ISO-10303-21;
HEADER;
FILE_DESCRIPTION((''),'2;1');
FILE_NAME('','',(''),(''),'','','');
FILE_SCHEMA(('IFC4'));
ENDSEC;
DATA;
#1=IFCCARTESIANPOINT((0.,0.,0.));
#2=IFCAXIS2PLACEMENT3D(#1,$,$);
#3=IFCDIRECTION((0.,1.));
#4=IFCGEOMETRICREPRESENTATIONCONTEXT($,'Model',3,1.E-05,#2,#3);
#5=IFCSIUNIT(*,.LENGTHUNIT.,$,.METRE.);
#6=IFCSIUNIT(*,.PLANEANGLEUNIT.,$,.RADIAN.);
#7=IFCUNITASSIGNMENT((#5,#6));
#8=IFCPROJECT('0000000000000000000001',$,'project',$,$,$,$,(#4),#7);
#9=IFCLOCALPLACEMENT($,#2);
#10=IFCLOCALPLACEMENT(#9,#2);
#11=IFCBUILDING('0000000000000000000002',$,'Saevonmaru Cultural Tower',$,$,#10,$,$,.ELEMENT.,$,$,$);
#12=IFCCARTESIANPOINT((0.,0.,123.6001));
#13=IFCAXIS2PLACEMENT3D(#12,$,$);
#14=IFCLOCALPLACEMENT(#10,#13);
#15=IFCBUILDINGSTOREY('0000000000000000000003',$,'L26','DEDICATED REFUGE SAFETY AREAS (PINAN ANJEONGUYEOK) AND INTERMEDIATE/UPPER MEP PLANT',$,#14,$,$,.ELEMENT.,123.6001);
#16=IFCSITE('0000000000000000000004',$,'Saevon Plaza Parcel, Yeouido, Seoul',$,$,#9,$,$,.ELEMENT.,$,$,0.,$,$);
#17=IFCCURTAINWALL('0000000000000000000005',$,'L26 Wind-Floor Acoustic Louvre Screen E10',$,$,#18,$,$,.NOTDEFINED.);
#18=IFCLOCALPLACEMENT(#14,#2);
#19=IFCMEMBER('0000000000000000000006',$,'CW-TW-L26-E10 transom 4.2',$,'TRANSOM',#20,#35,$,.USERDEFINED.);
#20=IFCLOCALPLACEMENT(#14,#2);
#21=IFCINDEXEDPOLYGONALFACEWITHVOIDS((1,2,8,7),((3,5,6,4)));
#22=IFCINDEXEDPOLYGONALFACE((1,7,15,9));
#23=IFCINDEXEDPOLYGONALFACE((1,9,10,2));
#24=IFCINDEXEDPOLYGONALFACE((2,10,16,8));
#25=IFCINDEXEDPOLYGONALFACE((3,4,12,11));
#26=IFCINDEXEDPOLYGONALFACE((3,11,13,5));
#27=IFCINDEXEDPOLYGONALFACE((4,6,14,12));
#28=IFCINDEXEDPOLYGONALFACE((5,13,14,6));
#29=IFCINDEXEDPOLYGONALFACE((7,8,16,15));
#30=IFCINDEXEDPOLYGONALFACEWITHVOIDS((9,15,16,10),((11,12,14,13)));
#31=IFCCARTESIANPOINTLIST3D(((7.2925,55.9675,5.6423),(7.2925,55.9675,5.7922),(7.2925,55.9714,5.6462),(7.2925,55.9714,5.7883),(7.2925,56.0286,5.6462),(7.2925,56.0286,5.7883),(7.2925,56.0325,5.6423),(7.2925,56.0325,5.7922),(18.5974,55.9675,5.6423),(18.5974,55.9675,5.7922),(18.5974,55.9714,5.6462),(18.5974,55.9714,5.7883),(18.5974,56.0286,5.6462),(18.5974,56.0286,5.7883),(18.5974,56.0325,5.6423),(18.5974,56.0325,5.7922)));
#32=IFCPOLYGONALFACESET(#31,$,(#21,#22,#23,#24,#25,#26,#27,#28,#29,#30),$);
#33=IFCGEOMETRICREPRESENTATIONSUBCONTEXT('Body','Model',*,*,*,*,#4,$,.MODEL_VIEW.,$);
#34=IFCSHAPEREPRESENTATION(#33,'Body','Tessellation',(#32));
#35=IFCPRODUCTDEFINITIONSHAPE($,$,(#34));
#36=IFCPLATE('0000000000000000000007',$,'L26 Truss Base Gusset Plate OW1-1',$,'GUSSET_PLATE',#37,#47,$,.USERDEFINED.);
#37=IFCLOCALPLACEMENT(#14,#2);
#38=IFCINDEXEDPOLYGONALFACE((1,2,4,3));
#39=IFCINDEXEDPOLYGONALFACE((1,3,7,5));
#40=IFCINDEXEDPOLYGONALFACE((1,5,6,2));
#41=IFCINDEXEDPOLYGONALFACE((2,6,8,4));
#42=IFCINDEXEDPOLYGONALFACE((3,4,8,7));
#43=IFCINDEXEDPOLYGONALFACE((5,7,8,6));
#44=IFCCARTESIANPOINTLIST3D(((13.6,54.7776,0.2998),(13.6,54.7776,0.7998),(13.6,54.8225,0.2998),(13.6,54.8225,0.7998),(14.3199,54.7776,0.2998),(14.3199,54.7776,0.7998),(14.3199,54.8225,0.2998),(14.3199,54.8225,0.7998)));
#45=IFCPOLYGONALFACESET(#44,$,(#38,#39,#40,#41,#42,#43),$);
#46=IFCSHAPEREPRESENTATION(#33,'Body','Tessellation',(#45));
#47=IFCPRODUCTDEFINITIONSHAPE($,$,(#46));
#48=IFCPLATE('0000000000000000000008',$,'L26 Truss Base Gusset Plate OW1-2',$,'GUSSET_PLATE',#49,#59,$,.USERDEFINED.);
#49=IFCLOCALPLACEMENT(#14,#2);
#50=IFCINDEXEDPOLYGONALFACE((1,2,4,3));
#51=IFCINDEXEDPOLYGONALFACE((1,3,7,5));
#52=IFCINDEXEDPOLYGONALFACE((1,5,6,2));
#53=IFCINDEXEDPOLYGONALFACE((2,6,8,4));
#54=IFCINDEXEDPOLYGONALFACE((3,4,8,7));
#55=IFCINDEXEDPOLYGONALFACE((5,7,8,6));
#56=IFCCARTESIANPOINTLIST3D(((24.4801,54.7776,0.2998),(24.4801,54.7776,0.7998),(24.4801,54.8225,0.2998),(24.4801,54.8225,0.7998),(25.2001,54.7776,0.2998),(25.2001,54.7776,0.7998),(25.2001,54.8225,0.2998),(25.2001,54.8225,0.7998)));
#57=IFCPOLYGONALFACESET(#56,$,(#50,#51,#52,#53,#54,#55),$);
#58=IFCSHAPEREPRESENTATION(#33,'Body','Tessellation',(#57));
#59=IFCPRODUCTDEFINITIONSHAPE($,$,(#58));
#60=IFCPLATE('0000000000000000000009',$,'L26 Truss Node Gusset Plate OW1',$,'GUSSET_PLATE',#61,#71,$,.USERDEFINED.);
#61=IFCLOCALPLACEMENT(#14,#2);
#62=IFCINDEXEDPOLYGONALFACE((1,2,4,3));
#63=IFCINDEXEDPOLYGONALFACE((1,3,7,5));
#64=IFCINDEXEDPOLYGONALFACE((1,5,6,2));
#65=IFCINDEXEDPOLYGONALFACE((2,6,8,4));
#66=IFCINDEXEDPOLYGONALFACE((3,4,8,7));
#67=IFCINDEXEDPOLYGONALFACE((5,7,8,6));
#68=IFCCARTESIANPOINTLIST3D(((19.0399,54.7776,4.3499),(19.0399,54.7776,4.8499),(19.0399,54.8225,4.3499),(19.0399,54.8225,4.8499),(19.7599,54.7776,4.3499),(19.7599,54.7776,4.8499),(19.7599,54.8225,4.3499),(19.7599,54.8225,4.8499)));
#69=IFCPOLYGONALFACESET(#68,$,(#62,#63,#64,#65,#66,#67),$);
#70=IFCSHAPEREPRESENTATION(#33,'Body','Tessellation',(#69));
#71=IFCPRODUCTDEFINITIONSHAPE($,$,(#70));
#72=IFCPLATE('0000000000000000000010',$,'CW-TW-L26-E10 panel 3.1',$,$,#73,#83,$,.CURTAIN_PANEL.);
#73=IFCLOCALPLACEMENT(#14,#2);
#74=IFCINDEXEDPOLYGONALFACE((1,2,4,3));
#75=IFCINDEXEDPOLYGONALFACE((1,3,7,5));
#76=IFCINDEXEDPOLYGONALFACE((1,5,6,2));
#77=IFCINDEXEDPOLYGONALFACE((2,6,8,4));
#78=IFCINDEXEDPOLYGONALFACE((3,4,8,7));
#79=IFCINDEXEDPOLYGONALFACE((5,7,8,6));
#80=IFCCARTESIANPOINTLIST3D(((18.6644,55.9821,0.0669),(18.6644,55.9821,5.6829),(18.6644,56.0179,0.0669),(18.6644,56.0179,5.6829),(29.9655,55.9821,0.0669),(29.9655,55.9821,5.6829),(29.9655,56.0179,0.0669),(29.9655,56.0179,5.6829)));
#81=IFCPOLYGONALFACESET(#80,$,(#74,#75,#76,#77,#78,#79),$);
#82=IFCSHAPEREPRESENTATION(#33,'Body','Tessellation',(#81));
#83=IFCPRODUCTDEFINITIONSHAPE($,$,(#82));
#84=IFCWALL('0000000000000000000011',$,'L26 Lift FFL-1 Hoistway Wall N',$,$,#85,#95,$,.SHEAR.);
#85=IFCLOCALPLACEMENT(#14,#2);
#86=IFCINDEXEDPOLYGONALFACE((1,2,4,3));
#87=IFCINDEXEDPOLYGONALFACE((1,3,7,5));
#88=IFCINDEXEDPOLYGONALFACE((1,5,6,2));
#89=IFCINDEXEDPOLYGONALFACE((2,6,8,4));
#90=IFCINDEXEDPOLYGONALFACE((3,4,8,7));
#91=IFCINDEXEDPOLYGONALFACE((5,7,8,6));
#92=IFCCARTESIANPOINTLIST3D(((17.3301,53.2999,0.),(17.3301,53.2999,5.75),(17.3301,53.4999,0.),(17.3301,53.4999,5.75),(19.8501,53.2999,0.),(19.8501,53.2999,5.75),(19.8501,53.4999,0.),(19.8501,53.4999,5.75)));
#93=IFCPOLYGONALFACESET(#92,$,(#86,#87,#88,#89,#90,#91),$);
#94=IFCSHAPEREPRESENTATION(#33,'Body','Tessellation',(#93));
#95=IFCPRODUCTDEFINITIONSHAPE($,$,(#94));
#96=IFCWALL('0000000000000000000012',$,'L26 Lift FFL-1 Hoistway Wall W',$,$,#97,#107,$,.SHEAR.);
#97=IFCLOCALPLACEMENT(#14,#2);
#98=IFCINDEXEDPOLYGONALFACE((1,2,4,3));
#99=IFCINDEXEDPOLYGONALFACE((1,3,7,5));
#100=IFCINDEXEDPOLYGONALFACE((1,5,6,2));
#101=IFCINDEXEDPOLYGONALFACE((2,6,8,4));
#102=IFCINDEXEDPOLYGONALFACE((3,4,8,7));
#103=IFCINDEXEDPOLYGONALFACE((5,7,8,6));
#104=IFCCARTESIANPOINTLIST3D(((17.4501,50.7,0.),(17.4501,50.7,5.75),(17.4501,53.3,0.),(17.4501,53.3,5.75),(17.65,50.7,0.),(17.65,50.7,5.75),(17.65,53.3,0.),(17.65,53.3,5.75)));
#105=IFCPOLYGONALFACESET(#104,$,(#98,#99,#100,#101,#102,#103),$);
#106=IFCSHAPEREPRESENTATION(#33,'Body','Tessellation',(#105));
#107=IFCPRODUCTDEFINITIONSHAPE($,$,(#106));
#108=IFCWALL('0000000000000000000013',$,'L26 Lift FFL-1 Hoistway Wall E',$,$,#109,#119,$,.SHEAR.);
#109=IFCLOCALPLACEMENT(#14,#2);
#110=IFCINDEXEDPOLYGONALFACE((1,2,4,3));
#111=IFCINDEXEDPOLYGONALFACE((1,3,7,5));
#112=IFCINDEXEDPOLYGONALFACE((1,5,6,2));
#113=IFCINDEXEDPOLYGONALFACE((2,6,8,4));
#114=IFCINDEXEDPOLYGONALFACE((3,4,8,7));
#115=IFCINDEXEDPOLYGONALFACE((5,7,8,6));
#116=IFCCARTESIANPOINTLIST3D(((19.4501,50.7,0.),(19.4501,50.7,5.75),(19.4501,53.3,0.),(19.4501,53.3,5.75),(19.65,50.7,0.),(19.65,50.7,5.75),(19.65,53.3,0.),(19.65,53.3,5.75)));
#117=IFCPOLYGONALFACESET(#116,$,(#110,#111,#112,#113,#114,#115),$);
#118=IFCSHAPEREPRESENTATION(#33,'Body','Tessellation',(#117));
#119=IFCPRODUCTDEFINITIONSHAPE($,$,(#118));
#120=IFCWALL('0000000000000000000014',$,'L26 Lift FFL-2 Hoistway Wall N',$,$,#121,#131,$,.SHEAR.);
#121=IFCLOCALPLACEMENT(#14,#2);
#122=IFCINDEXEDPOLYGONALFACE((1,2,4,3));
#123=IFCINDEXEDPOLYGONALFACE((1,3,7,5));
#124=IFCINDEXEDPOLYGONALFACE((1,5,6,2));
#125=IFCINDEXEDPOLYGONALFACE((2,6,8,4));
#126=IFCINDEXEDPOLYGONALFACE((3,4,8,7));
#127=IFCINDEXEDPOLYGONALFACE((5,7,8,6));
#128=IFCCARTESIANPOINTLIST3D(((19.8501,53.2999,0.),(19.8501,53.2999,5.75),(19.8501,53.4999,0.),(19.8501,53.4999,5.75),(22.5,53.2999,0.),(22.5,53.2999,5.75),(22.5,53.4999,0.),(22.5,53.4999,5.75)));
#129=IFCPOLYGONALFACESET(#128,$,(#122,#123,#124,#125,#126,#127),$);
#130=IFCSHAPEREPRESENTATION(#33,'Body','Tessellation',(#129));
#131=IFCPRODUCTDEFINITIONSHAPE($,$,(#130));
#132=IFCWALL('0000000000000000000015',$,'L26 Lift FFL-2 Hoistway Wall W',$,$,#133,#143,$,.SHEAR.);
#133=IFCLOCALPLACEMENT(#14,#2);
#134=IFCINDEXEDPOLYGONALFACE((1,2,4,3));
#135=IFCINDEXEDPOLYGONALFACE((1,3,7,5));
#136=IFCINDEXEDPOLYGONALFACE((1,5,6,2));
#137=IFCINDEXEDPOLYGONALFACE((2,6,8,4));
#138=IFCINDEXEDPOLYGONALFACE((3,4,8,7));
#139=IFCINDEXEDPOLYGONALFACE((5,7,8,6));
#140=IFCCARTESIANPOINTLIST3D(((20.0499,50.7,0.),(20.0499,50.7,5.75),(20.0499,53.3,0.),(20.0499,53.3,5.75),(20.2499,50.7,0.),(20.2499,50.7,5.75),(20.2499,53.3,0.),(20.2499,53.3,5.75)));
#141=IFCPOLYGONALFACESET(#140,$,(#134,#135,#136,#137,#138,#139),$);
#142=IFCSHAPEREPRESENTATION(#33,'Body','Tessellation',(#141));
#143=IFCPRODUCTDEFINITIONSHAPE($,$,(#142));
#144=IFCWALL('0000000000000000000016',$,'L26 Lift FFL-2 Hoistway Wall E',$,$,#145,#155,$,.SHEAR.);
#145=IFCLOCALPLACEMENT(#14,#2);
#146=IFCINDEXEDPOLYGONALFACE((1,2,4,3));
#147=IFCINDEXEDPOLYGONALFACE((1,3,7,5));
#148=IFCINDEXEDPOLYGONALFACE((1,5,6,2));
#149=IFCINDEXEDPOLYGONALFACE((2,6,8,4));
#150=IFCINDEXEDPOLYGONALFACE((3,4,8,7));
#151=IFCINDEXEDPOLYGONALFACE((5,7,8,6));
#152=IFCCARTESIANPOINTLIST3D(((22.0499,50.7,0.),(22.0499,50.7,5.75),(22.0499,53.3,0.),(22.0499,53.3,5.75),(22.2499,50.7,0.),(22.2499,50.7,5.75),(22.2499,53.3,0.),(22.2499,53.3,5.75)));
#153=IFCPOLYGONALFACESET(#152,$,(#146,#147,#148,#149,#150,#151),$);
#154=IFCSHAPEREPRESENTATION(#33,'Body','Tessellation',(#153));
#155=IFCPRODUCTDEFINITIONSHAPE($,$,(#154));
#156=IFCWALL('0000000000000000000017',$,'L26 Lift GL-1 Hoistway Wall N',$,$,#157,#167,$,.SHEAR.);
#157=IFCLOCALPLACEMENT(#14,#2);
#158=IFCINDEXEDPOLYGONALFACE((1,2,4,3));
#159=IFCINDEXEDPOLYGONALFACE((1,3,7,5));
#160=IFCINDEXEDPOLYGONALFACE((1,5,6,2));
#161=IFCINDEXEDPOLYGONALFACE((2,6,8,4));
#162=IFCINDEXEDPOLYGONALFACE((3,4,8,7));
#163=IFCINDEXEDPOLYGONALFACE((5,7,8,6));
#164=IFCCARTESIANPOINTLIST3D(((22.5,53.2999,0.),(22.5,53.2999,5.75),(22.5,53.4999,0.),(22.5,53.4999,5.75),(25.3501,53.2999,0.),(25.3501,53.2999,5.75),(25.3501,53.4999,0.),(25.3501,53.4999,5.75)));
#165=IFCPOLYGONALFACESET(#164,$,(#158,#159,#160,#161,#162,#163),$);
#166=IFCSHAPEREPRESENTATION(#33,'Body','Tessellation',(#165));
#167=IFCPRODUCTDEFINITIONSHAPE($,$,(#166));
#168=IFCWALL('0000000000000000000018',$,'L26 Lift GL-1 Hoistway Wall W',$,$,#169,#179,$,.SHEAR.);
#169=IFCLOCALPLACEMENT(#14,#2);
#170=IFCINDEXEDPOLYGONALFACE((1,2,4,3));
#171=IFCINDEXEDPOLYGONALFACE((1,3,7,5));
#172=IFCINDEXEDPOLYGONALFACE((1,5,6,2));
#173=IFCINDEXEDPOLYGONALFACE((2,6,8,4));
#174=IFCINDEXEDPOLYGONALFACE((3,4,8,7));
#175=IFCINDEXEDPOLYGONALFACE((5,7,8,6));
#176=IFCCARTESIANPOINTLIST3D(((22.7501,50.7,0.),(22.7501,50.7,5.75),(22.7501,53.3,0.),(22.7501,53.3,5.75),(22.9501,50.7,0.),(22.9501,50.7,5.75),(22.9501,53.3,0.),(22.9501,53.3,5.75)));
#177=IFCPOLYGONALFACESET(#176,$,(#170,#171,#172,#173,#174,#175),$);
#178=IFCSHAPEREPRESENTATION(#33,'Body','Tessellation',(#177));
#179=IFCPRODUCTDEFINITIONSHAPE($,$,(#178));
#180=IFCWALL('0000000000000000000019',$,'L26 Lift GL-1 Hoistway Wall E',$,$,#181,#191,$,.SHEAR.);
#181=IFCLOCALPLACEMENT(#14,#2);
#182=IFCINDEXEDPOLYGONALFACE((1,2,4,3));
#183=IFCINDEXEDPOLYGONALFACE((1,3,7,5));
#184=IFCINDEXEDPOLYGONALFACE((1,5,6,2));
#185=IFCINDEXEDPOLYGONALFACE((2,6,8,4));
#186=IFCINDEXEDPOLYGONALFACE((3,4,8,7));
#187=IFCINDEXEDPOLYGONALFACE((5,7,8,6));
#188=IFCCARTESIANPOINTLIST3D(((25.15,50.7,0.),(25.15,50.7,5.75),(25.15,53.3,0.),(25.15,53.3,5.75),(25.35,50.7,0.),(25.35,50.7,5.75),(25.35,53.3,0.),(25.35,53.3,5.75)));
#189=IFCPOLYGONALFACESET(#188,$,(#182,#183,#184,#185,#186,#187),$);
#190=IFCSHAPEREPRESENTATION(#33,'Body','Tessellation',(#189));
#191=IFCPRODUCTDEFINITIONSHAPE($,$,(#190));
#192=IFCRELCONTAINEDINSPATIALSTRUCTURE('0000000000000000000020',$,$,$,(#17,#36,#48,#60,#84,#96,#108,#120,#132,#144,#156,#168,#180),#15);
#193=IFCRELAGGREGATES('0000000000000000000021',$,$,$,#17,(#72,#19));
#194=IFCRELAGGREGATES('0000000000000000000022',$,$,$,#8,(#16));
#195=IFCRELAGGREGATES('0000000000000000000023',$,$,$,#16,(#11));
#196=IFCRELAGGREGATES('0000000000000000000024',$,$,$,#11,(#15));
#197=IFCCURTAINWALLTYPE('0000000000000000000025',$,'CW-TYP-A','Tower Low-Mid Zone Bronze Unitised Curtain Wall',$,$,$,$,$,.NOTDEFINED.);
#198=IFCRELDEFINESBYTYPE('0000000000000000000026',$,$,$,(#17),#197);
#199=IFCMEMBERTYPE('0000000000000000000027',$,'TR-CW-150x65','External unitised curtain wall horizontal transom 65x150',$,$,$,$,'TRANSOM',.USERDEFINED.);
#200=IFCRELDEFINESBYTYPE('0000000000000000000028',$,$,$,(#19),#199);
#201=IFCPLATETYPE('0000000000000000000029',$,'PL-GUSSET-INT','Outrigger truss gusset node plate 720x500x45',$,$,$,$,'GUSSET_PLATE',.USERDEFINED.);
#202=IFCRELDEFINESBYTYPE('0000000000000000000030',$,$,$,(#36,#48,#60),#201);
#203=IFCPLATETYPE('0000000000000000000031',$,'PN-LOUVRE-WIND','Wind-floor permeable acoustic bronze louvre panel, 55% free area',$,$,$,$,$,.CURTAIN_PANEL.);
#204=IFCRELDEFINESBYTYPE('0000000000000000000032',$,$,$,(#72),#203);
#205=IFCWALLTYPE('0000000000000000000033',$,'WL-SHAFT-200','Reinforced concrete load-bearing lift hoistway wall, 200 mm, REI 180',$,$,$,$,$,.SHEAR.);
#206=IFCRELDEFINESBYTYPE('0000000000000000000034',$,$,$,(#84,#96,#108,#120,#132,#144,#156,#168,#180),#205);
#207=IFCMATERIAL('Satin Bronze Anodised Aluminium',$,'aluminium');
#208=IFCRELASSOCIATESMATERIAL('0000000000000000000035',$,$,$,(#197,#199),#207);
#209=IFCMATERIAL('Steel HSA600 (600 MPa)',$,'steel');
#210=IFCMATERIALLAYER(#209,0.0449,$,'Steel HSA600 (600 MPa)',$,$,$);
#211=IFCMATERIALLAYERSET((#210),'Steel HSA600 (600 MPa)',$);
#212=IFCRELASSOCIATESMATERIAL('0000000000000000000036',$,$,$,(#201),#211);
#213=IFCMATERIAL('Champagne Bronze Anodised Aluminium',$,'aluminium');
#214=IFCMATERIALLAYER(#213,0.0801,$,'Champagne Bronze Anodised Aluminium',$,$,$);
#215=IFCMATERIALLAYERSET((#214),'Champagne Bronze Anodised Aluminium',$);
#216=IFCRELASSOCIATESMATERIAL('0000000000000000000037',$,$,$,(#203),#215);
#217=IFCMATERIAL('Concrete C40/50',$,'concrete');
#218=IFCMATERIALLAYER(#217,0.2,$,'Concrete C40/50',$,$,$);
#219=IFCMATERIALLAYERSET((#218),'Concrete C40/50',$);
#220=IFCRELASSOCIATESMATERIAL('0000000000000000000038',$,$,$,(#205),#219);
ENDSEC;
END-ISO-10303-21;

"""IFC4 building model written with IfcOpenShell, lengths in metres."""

from ifc_helpers import new_model, si_unit, direction, frame, frame_2d, origin, origin_2d, place, context, subcontext, project, spatial, rectangle, hollow_rectangle, extrude, material, layer, layer_set, material_profile, profile_set, type_object, element, aggregate, save


model = new_model("IFC4")

# Units and contexts
model_context = context("Model", 3, precision=1e-05, world=origin(), true_north=direction((0.0, 1.0)))
body_context = subcontext(model_context, "Body", "Model", "MODEL_VIEW")
ifc_project = project(units=[si_unit("LENGTHUNIT", "METRE"), si_unit("PLANEANGLEUNIT", "RADIAN")], contexts=[model_context])

# Site, building, storey
site_placement = place(None, origin())
site = spatial("IfcSite", under=ifc_project, at=site_placement, Name="Saevon Plaza Parcel, Yeouido, Seoul", CompositionType="ELEMENT", RefElevation=0.0)
building_placement = place(site_placement, origin())
building = spatial("IfcBuilding", under=site, at=building_placement, Name="Saevonmaru Cultural Tower", CompositionType="ELEMENT")
storey_placement = place(building_placement, frame((0.0, 0.0, 123.6001)))
storey = spatial("IfcBuildingStorey", under=building, at=storey_placement, Name="L26", Description="DEDICATED REFUGE SAFETY AREAS (PINAN ANJEONGUYEOK) AND INTERMEDIATE/UPPER MEP PLANT", CompositionType="ELEMENT", Elevation=123.6001)

# Shared definitions
ifc_material_1 = material(Name="Steel HSA600 (600 MPa)", Category="steel")

# Curtain wall, member
ifc_material_2 = material(Name="Satin Bronze Anodised Aluminium", Category="aluminium")
curtain_wall_type = type_object("IfcCurtainWallType", Name="CW-TYP-A", Description="Tower Low-Mid Zone Bronze Unitised Curtain Wall", PredefinedType="NOTDEFINED", material=ifc_material_2)
curtain_wall_placement = place(storey_placement, origin())
curtain_wall = element("IfcCurtainWall", 1, at=curtain_wall_placement, inside=storey, type_object=curtain_wall_type, Name="L26 Wind-Floor Acoustic Louvre Screen E10", PredefinedType="NOTDEFINED")
ifc_material_profile_1 = material_profile(ifc_material_2, hollow_rectangle(XDim=0.0649, YDim=0.1499, WallThickness=0.0039, at=origin_2d()), Name="ALU-TRAN-150x65x4")
ifc_profile_set_1 = profile_set([ifc_material_profile_1], Name="Satin Bronze Anodised Aluminium")
member_type_1 = type_object("IfcMemberType", Name="TR-CW-150x65", Description="External unitised curtain wall horizontal transom 65x150", ElementType="TRANSOM", PredefinedType="USERDEFINED", material=ifc_profile_set_1)
member_1_placement = place(storey_placement, frame((18.5974, 56.0, 5.7173), z_axis=(-1.0, 0.0, 0.0), x_axis=(0.0, -1.0, 0.0)))
member_1 = element("IfcMember", 2, at=member_1_placement, type_object=member_type_1, Name="CW-TW-L26-E10 transom 4.2", ObjectType="TRANSOM", PredefinedType="USERDEFINED", context=body_context, shape_type="SweptSolid", body=[
    extrude(hollow_rectangle(XDim=0.0649, YDim=0.1499, WallThickness=0.0039, at=origin_2d()), origin(), (0.0, 0.0, 1.0), 11.3049),
])

# Plates
ifc_layer_1 = layer(ifc_material_1, 0.0449, Name="Steel HSA600 (600 MPa)")
ifc_layer_set_1 = layer_set([ifc_layer_1], Name="Steel HSA600 (600 MPa)")
plate_type_1 = type_object("IfcPlateType", Name="PL-GUSSET-INT", Description="Outrigger truss gusset node plate 720x500x45", ElementType="GUSSET_PLATE", PredefinedType="USERDEFINED", material=ifc_layer_set_1)
for number, where, z_axis, x_axis, name in (
    (3, (13.96, 54.8, 0.2998), (0.0, 0.0, 1.0), (1.0, 0.0, 0.0), "L26 Truss Base Gusset Plate OW1-1"),
    (4, (24.8401, 54.8, 0.2998), (0.0, 0.0, 1.0), (1.0, 0.0, 0.0), "L26 Truss Base Gusset Plate OW1-2"),
    (5, (19.3999, 54.8, 4.3499), (0.0, 0.0, 1.0), (1.0, 0.0, 0.0), "L26 Truss Node Gusset Plate OW1"),
):
    element("IfcPlate", number, at=place(storey_placement, frame(where, z_axis=z_axis, x_axis=x_axis)), inside=storey, type_object=plate_type_1, Name=name, ObjectType="GUSSET_PLATE", PredefinedType="USERDEFINED", context=body_context, shape_type="SweptSolid", body=[
        extrude(rectangle(XDim=0.72, YDim=0.0449, at=origin_2d()), origin(), (0.0, 0.0, 1.0), 0.5),
    ])

# Plate
ifc_material_3 = material(Name="Champagne Bronze Anodised Aluminium", Category="aluminium")
ifc_layer_2 = layer(ifc_material_3, 0.0801, Name="Champagne Bronze Anodised Aluminium")
ifc_layer_set_2 = layer_set([ifc_layer_2], Name="Champagne Bronze Anodised Aluminium")
plate_type_2 = type_object("IfcPlateType", Name="PN-LOUVRE-WIND", Description="Wind-floor permeable acoustic bronze louvre panel, 55% free area", PredefinedType="CURTAIN_PANEL", material=ifc_layer_set_2)
plate_placement = place(storey_placement, frame((24.3149, 56.0, 0.0669), z_axis=(0.0, 0.0, 1.0), x_axis=(-1.0, 0.0, 0.0)))
plate = element("IfcPlate", 6, at=plate_placement, type_object=plate_type_2, Name="CW-TW-L26-E10 panel 3.1", PredefinedType="CURTAIN_PANEL", context=body_context, shape_type="SweptSolid", body=[
    extrude(rectangle(XDim=11.301, YDim=0.0359, at=origin_2d()), origin(), (0.0, 0.0, 1.0), 5.616),
])
aggregate(curtain_wall, [plate, member_1])

# Walls
ifc_material_4 = material(Name="Concrete C40/50", Category="concrete")
ifc_layer_3 = layer(ifc_material_4, 0.2, Name="Concrete C40/50")
ifc_layer_set_3 = layer_set([ifc_layer_3], Name="Concrete C40/50")
wall_type = type_object("IfcWallType", Name="WL-SHAFT-200", Description="Reinforced concrete load-bearing lift hoistway wall, 200 mm, REI 180", PredefinedType="SHEAR", material=ifc_layer_set_3)
wall_1_placement = place(storey_placement, frame((17.3301, 53.3999, 0.0), z_axis=(0.0, 0.0, 1.0), x_axis=(1.0, 0.0, 0.0)))
element("IfcWall", 7, at=wall_1_placement, inside=storey, type_object=wall_type, Name="L26 Lift FFL-1 Hoistway Wall N", PredefinedType="SHEAR", context=body_context, shape_type="SweptSolid", body=[
    extrude(rectangle(XDim=2.52, YDim=0.2, at=frame_2d((1.26, 0.0))), origin(), (0.0, 0.0, 1.0), 5.75),
])
for number, where, z_axis, x_axis, name in (
    (8, (17.55, 50.7, 0.0), (0.0, 0.0, 1.0), (0.0, 1.0, 0.0), "L26 Lift FFL-1 Hoistway Wall W"),
    (9, (19.55, 50.7, 0.0), (0.0, 0.0, 1.0), (0.0, 1.0, 0.0), "L26 Lift FFL-1 Hoistway Wall E"),
):
    element("IfcWall", number, at=place(storey_placement, frame(where, z_axis=z_axis, x_axis=x_axis)), inside=storey, type_object=wall_type, Name=name, PredefinedType="SHEAR", context=body_context, shape_type="SweptSolid", body=[
        extrude(rectangle(XDim=2.6001, YDim=0.2, at=frame_2d((1.3, 0.0))), origin(), (0.0, 0.0, 1.0), 5.75),
    ])
wall_2_placement = place(storey_placement, frame((19.8501, 53.3999, 0.0), z_axis=(0.0, 0.0, 1.0), x_axis=(1.0, 0.0, 0.0)))
element("IfcWall", 10, at=wall_2_placement, inside=storey, type_object=wall_type, Name="L26 Lift FFL-2 Hoistway Wall N", PredefinedType="SHEAR", context=body_context, shape_type="SweptSolid", body=[
    extrude(rectangle(XDim=2.6499, YDim=0.2, at=frame_2d((1.325, 0.0))), origin(), (0.0, 0.0, 1.0), 5.75),
])
for number, where, z_axis, x_axis, name in (
    (11, (20.1499, 50.7, 0.0), (0.0, 0.0, 1.0), (0.0, 1.0, 0.0), "L26 Lift FFL-2 Hoistway Wall W"),
    (12, (22.1499, 50.7, 0.0), (0.0, 0.0, 1.0), (0.0, 1.0, 0.0), "L26 Lift FFL-2 Hoistway Wall E"),
):
    element("IfcWall", number, at=place(storey_placement, frame(where, z_axis=z_axis, x_axis=x_axis)), inside=storey, type_object=wall_type, Name=name, PredefinedType="SHEAR", context=body_context, shape_type="SweptSolid", body=[
        extrude(rectangle(XDim=2.6001, YDim=0.2, at=frame_2d((1.3, 0.0))), origin(), (0.0, 0.0, 1.0), 5.75),
    ])
wall_3_placement = place(storey_placement, frame((22.5, 53.3999, 0.0), z_axis=(0.0, 0.0, 1.0), x_axis=(1.0, 0.0, 0.0)))
element("IfcWall", 13, at=wall_3_placement, inside=storey, type_object=wall_type, Name="L26 Lift GL-1 Hoistway Wall N", PredefinedType="SHEAR", context=body_context, shape_type="SweptSolid", body=[
    extrude(rectangle(XDim=2.8501, YDim=0.2, at=frame_2d((1.425, 0.0))), origin(), (0.0, 0.0, 1.0), 5.75),
])
for number, where, z_axis, x_axis, name in (
    (14, (22.8501, 50.7, 0.0), (0.0, 0.0, 1.0), (0.0, 1.0, 0.0), "L26 Lift GL-1 Hoistway Wall W"),
    (15, (25.25, 50.7, 0.0), (0.0, 0.0, 1.0), (0.0, 1.0, 0.0), "L26 Lift GL-1 Hoistway Wall E"),
):
    element("IfcWall", number, at=place(storey_placement, frame(where, z_axis=z_axis, x_axis=x_axis)), inside=storey, type_object=wall_type, Name=name, PredefinedType="SHEAR", context=body_context, shape_type="SweptSolid", body=[
        extrude(rectangle(XDim=2.6001, YDim=0.2, at=frame_2d((1.3, 0.0))), origin(), (0.0, 0.0, 1.0), 5.75),
    ])

save(model, "model.ifc")
